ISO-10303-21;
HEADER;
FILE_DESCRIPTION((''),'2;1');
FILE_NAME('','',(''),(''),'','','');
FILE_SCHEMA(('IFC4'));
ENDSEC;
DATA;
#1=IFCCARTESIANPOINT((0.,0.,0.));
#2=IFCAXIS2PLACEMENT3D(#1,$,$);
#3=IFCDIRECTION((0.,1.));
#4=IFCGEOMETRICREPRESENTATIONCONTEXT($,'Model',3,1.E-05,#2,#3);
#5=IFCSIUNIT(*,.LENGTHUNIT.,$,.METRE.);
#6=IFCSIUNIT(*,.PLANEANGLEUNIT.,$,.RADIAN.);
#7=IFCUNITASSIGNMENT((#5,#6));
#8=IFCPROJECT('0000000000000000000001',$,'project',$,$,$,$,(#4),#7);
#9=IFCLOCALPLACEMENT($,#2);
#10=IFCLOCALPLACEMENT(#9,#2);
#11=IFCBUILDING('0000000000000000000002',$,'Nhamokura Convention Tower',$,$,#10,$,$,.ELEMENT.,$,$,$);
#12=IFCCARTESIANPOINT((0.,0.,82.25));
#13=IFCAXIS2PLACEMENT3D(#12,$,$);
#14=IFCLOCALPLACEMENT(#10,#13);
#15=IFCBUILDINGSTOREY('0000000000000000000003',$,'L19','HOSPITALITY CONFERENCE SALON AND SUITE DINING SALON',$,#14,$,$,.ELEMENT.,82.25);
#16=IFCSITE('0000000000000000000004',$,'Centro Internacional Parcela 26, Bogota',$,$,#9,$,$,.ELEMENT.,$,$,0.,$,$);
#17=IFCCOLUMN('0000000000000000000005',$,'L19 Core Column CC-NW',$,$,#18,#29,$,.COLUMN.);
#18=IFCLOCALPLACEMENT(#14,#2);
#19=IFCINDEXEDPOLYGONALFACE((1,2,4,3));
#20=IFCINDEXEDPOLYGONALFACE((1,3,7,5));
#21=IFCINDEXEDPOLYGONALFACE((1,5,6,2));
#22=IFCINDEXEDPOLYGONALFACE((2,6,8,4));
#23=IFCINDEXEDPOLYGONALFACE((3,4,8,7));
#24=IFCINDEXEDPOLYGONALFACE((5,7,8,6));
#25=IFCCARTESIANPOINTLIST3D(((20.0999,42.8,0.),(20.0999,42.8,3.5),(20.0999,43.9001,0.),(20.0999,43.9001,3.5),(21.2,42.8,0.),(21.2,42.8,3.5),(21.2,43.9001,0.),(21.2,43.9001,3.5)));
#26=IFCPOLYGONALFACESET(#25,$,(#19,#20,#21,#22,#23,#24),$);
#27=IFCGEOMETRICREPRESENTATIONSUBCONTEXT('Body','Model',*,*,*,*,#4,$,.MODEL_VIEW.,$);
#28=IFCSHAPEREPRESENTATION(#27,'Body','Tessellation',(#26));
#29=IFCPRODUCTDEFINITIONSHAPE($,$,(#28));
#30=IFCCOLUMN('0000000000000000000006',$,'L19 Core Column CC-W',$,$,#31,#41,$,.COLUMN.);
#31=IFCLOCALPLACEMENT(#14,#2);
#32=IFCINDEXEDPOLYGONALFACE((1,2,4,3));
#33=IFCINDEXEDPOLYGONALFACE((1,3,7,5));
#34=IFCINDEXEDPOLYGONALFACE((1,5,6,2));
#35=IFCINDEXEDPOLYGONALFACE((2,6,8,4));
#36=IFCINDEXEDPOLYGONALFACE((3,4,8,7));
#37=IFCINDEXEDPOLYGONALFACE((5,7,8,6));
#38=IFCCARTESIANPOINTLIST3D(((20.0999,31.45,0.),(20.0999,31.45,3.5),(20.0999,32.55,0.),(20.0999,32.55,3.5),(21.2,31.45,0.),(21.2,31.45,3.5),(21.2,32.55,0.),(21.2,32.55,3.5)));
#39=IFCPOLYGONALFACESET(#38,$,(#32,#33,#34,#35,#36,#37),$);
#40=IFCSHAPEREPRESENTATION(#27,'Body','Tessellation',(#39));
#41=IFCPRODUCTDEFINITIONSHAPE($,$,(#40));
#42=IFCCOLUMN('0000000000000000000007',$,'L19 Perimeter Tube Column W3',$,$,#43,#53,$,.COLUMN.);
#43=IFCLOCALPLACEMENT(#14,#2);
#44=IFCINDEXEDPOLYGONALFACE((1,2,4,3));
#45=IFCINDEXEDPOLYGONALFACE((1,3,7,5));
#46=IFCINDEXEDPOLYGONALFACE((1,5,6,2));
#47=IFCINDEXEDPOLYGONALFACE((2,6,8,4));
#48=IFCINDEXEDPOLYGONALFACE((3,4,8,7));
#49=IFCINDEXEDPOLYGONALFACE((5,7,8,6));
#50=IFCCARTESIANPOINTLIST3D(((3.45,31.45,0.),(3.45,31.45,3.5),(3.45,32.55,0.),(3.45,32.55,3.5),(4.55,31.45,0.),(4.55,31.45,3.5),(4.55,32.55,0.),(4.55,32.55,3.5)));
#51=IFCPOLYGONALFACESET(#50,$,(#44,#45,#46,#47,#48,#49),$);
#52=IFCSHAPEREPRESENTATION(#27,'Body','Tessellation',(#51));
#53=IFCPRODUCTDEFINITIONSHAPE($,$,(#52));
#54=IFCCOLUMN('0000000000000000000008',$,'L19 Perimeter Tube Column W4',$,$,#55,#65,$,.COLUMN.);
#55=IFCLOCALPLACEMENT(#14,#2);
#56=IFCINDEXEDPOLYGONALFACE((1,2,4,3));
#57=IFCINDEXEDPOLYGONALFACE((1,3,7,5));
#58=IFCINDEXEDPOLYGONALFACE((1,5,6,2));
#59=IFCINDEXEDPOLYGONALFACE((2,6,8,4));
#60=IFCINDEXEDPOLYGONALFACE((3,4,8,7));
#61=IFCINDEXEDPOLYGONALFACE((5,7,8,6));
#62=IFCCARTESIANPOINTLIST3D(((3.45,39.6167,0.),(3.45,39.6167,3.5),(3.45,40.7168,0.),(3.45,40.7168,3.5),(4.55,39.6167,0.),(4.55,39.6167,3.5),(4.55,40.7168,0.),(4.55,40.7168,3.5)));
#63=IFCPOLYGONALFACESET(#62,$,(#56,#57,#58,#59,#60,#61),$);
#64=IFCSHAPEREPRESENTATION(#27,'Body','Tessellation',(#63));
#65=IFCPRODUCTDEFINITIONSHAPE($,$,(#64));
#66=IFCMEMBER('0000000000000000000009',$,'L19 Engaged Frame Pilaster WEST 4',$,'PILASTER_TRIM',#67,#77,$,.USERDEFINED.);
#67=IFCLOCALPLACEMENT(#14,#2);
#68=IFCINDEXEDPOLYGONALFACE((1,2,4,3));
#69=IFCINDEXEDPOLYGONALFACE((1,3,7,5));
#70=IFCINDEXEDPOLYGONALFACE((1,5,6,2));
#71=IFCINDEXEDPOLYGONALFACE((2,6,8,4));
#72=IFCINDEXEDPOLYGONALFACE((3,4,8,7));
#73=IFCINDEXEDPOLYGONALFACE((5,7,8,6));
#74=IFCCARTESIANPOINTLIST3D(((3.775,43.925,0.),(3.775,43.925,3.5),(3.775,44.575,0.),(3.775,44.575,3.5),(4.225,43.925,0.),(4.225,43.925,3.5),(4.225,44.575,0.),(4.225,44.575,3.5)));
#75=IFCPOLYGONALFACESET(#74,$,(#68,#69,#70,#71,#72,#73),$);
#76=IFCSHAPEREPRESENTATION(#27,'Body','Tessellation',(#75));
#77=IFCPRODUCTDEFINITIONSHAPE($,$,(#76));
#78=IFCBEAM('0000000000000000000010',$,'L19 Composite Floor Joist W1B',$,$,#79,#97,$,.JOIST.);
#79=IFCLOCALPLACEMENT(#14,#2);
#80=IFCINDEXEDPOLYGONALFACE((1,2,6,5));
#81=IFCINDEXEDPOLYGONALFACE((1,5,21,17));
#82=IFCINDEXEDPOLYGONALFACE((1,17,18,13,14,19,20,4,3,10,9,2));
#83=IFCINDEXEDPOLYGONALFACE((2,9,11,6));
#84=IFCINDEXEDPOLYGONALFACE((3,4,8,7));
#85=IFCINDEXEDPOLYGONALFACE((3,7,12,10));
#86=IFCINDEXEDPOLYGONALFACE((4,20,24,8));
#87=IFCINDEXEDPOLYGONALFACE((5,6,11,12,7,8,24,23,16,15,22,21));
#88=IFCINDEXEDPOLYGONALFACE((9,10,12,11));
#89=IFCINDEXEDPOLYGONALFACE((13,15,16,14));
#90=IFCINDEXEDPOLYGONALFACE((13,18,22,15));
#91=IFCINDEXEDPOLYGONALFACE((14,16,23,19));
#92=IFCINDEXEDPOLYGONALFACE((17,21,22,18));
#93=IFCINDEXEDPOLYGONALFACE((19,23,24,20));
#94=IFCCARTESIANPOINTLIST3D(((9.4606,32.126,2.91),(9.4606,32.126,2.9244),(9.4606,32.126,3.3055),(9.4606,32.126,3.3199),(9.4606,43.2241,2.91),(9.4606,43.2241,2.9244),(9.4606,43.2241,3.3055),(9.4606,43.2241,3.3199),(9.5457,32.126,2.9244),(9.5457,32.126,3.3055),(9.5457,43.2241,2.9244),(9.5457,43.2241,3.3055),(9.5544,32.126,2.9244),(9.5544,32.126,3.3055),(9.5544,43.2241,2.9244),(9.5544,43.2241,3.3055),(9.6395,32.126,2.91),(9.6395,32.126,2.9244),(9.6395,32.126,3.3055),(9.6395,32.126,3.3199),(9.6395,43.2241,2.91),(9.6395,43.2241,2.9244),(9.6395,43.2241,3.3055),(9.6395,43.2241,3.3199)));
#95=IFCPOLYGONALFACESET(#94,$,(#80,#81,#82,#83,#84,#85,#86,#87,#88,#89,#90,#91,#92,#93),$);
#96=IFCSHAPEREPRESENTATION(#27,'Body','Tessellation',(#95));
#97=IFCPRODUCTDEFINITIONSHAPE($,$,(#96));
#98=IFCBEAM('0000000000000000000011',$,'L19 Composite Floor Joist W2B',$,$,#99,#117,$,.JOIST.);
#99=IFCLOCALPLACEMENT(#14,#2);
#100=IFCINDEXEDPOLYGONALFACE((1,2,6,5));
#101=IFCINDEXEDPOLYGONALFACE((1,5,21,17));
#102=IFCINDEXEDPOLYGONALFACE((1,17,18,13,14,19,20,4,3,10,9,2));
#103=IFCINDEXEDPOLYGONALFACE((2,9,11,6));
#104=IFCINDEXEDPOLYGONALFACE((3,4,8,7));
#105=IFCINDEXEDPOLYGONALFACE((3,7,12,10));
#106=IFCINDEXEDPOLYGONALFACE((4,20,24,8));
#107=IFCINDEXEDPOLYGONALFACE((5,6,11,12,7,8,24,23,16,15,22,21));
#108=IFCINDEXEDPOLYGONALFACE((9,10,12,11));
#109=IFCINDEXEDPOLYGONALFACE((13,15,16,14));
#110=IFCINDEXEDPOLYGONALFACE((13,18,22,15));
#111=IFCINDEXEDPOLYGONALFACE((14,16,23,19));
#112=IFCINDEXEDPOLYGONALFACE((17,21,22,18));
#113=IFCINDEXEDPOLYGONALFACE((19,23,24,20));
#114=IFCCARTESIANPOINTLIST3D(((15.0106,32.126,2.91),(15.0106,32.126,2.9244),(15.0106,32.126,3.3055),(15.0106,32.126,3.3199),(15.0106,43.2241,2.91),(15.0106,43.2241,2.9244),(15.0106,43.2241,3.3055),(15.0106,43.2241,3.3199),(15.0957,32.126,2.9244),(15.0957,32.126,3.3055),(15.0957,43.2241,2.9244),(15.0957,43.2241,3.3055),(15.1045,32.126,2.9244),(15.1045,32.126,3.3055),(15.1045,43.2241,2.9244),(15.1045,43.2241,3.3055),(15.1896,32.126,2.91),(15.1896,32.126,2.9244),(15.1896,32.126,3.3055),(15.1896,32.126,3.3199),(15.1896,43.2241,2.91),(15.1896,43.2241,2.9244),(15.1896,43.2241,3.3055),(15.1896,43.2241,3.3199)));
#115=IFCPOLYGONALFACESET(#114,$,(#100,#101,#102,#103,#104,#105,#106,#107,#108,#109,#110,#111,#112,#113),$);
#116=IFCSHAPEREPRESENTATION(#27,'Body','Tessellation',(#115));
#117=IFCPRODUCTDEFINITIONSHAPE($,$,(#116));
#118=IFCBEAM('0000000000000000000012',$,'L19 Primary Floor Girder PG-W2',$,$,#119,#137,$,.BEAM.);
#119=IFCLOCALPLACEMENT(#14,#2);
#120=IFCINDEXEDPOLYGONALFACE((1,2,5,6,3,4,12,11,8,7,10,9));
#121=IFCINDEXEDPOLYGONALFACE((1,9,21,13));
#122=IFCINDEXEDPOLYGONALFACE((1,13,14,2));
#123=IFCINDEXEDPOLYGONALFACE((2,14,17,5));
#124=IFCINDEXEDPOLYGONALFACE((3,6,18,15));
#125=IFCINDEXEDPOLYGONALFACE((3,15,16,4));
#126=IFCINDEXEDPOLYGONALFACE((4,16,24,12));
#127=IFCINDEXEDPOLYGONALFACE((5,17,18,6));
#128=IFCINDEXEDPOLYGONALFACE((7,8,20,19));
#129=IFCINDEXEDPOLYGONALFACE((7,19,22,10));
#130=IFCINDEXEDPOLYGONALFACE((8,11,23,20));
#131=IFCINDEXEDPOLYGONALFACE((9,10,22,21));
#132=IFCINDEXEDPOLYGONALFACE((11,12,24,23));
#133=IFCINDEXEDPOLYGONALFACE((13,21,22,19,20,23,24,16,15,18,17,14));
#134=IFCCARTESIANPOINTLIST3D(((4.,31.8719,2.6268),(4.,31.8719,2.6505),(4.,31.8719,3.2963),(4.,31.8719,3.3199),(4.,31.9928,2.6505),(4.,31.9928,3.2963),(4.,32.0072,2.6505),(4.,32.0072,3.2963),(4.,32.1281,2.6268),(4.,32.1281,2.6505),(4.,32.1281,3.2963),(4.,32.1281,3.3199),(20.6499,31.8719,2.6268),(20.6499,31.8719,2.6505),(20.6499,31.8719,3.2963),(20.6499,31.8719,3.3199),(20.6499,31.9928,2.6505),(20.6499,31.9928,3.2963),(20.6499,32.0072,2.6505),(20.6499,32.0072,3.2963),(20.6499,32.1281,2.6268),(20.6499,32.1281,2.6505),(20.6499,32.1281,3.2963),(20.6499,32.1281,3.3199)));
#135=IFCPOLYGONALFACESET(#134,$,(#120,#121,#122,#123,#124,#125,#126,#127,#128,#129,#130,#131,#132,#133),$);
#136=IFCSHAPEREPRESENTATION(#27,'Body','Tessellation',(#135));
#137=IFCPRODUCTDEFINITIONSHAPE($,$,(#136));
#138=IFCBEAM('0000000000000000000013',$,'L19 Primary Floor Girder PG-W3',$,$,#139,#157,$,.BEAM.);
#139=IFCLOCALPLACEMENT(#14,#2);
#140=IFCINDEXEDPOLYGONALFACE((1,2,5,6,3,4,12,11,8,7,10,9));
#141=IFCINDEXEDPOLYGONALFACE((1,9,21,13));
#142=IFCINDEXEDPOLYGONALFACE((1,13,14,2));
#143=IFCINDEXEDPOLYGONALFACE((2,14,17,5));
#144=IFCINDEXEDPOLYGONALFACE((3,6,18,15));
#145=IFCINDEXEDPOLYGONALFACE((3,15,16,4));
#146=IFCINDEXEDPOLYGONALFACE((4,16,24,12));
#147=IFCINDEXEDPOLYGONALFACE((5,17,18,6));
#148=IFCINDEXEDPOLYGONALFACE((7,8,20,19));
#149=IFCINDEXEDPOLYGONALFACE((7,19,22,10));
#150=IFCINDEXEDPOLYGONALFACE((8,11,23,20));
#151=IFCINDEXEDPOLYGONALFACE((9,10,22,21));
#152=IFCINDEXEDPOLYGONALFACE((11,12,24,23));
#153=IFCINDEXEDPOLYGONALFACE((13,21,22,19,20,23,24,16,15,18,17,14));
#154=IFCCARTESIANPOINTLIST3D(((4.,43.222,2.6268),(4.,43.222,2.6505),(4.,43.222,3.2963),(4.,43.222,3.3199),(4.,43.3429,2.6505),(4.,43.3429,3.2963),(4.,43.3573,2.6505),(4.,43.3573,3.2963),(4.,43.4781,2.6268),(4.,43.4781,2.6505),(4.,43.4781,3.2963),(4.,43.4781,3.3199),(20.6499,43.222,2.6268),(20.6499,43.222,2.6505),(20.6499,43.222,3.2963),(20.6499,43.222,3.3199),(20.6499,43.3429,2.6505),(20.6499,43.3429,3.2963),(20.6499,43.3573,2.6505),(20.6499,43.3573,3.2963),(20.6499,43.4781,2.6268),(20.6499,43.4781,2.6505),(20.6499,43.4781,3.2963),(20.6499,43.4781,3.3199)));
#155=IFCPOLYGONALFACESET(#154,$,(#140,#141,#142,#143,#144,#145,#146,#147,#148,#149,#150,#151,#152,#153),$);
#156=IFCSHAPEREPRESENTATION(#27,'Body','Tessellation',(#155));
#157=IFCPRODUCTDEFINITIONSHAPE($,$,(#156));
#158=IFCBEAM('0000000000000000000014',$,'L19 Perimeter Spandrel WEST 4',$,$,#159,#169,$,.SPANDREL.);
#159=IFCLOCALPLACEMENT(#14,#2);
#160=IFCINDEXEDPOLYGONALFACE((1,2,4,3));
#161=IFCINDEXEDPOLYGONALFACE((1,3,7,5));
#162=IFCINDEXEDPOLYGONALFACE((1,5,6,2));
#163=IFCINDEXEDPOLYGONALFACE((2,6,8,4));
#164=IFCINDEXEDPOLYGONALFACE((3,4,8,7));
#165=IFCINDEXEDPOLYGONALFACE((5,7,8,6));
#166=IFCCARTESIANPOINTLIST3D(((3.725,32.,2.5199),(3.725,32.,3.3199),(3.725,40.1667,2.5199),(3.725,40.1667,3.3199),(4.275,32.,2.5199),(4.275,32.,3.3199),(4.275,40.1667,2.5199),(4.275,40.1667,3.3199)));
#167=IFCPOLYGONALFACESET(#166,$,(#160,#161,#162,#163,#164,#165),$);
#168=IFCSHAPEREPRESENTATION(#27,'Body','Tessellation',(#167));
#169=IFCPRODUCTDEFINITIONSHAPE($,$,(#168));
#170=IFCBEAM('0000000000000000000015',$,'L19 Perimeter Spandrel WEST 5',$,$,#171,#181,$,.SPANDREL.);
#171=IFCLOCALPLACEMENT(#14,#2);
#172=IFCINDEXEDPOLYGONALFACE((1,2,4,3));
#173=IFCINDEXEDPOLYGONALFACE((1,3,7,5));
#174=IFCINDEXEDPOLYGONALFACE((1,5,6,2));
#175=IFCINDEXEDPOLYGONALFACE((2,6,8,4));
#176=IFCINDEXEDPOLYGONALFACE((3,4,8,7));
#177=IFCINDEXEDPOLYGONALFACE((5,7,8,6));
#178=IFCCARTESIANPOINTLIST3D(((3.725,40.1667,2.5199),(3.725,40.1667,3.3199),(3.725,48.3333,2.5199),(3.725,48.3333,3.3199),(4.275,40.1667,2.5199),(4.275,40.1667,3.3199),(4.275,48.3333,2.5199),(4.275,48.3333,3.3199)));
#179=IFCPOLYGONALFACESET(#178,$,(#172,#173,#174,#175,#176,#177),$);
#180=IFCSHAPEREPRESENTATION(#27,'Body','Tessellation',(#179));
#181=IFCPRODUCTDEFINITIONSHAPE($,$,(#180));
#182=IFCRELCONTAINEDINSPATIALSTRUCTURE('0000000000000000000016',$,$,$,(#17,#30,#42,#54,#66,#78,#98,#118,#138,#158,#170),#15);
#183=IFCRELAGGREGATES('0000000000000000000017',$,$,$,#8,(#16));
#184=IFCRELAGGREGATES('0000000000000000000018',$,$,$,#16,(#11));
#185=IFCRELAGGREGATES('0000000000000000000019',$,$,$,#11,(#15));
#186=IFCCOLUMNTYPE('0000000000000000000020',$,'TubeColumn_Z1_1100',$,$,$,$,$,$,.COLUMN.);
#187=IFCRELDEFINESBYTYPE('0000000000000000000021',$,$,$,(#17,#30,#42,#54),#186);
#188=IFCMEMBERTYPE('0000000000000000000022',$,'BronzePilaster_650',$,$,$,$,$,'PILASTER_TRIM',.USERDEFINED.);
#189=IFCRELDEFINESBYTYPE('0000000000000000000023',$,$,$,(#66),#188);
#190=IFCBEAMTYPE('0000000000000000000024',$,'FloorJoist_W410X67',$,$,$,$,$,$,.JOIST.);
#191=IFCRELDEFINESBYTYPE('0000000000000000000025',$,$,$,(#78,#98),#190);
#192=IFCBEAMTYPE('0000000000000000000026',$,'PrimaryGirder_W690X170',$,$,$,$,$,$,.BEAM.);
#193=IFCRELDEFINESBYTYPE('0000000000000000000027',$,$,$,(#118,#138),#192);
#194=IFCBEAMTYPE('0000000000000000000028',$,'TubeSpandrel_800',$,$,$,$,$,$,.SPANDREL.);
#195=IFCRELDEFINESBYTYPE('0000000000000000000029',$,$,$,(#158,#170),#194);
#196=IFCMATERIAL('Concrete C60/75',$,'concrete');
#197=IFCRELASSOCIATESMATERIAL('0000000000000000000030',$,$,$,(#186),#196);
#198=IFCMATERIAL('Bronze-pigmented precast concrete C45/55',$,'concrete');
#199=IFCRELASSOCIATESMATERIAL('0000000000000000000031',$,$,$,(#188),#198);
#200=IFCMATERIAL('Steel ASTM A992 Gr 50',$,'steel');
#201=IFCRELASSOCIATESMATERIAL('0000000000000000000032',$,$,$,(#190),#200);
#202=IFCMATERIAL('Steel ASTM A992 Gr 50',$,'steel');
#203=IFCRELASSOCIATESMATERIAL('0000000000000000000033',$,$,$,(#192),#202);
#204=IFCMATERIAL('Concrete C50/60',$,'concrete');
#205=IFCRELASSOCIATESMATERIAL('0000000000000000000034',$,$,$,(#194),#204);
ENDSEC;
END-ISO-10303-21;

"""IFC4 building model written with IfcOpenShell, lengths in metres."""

from ifc_helpers import new_model, si_unit, direction, frame, origin, origin_2d, place, context, subcontext, project, spatial, rectangle, i_section, extrude, material, material_profile, profile_set, type_object, element, save


model = new_model("IFC4")

# Units and contexts
model_context = context("Model", 3, precision=1e-05, world=origin(), true_north=direction((0.0, 1.0)))
body_context = subcontext(model_context, "Body", "Model", "MODEL_VIEW")
ifc_project = project(units=[si_unit("LENGTHUNIT", "METRE"), si_unit("PLANEANGLEUNIT", "RADIAN")], contexts=[model_context])

# Site, building, storey
site_placement = place(None, origin())
site = spatial("IfcSite", under=ifc_project, at=site_placement, Name="Centro Internacional Parcela 26, Bogota", CompositionType="ELEMENT", RefElevation=0.0)
building_placement = place(site_placement, origin())
building = spatial("IfcBuilding", under=site, at=building_placement, Name="Nhamokura Convention Tower", CompositionType="ELEMENT")
storey_placement = place(building_placement, frame((0.0, 0.0, 82.25)))
storey = spatial("IfcBuildingStorey", under=building, at=storey_placement, Name="L19", Description="HOSPITALITY CONFERENCE SALON AND SUITE DINING SALON", CompositionType="ELEMENT", Elevation=82.25)

# Columns
ifc_material_1 = material(Name="Concrete C60/75", Category="concrete")
ifc_material_profile_1 = material_profile(ifc_material_1, rectangle(XDim=1.1001, YDim=1.1001, at=origin_2d()))
ifc_profile_set_1 = profile_set([ifc_material_profile_1], Name="Concrete C60/75")
column_type = type_object("IfcColumnType", Name="TubeColumn_Z1_1100", PredefinedType="COLUMN", material=ifc_profile_set_1)
for number, where, z_axis, x_axis, name in (
    (1, (20.6499, 43.3501, 0.0), (0.0, 0.0, 1.0), (1.0, 0.0, 0.0), "L19 Core Column CC-NW"),
    (2, (20.6499, 32.0, 0.0), (0.0, 0.0, 1.0), (1.0, 0.0, 0.0), "L19 Core Column CC-W"),
    (3, (4.0, 32.0, 0.0), (0.0, 0.0, 1.0), (1.0, 0.0, 0.0), "L19 Perimeter Tube Column W3"),
    (4, (4.0, 40.1667, 0.0), (0.0, 0.0, 1.0), (1.0, 0.0, 0.0), "L19 Perimeter Tube Column W4"),
):
    element("IfcColumn", number, at=place(storey_placement, frame(where, z_axis=z_axis, x_axis=x_axis)), inside=storey, type_object=column_type, Name=name, PredefinedType="COLUMN", context=body_context, shape_type="SweptSolid", body=[
        extrude(rectangle(XDim=1.1001, YDim=1.1001, at=origin_2d()), origin(), (0.0, 0.0, 1.0), 3.5),
    ])

# Member
ifc_material_2 = material(Name="Bronze-pigmented precast concrete C45/55", Category="concrete")
ifc_material_profile_2 = material_profile(ifc_material_2, rectangle(XDim=0.45, YDim=0.6499, at=origin_2d()))
ifc_profile_set_2 = profile_set([ifc_material_profile_2], Name="Bronze-pigmented precast concrete C45/55")
member_type = type_object("IfcMemberType", Name="BronzePilaster_650", ElementType="PILASTER_TRIM", PredefinedType="USERDEFINED", material=ifc_profile_set_2)
member_placement = place(storey_placement, frame((4.0, 44.25, 0.0), z_axis=(0.0, 0.0, 1.0), x_axis=(1.0, 0.0, 0.0)))
element("IfcMember", 5, at=member_placement, inside=storey, type_object=member_type, Name="L19 Engaged Frame Pilaster WEST 4", ObjectType="PILASTER_TRIM", PredefinedType="USERDEFINED", context=body_context, shape_type="SweptSolid", body=[
    extrude(rectangle(XDim=0.45, YDim=0.6499, at=origin_2d()), origin(), (0.0, 0.0, 1.0), 3.5),
])

# Beams
ifc_material_3 = material(Name="Steel ASTM A992 Gr 50", Category="steel")
ifc_material_profile_3 = material_profile(ifc_material_3, i_section(OverallWidth=0.179, OverallDepth=0.4099, WebThickness=0.0088, FlangeThickness=0.0144, at=origin_2d()))
ifc_profile_set_3 = profile_set([ifc_material_profile_3], Name="Steel ASTM A992 Gr 50")
beam_type_1 = type_object("IfcBeamType", Name="FloorJoist_W410X67", PredefinedType="JOIST", material=ifc_profile_set_3)
for number, where, z_axis, x_axis, name in (
    (6, (9.55, 32.126, 3.115), (0.0, 1.0, 0.0), (-1.0, 0.0, 0.0), "L19 Composite Floor Joist W1B"),
    (7, (15.1001, 32.126, 3.115), (0.0, 1.0, 0.0), (-1.0, 0.0, 0.0), "L19 Composite Floor Joist W2B"),
):
    element("IfcBeam", number, at=place(storey_placement, frame(where, z_axis=z_axis, x_axis=x_axis)), inside=storey, type_object=beam_type_1, Name=name, PredefinedType="JOIST", context=body_context, shape_type="SweptSolid", body=[
        extrude(i_section(OverallWidth=0.179, OverallDepth=0.4099, WebThickness=0.0088, FlangeThickness=0.0144, at=origin_2d()), origin(), (0.0, 0.0, 1.0), 11.0981),
    ])
ifc_material_4 = material(Name="Steel ASTM A992 Gr 50", Category="steel")
ifc_material_profile_4 = material_profile(ifc_material_4, i_section(OverallWidth=0.2561, OverallDepth=0.6931, WebThickness=0.0144, FlangeThickness=0.0237, at=origin_2d()))
ifc_profile_set_4 = profile_set([ifc_material_profile_4], Name="Steel ASTM A992 Gr 50")
beam_type_2 = type_object("IfcBeamType", Name="PrimaryGirder_W690X170", PredefinedType="BEAM", material=ifc_profile_set_4)
for number, where, z_axis, x_axis, name in (
    (8, (4.0, 32.0, 2.9734), (1.0, 0.0, 0.0), (0.0, 1.0, 0.0), "L19 Primary Floor Girder PG-W2"),
    (9, (4.0, 43.3501, 2.9734), (1.0, 0.0, 0.0), (0.0, 1.0, 0.0), "L19 Primary Floor Girder PG-W3"),
):
    element("IfcBeam", number, at=place(storey_placement, frame(where, z_axis=z_axis, x_axis=x_axis)), inside=storey, type_object=beam_type_2, Name=name, PredefinedType="BEAM", context=body_context, shape_type="SweptSolid", body=[
        extrude(i_section(OverallWidth=0.2561, OverallDepth=0.6931, WebThickness=0.0144, FlangeThickness=0.0237, at=origin_2d()), origin(), (0.0, 0.0, 1.0), 16.6499),
    ])
ifc_material_5 = material(Name="Concrete C50/60", Category="concrete")
ifc_material_profile_5 = material_profile(ifc_material_5, rectangle(XDim=0.55, YDim=0.8, at=origin_2d()))
ifc_profile_set_5 = profile_set([ifc_material_profile_5], Name="Concrete C50/60")
beam_type_3 = type_object("IfcBeamType", Name="TubeSpandrel_800", PredefinedType="SPANDREL", material=ifc_profile_set_5)
beam_1_placement = place(storey_placement, frame((4.0, 32.0, 2.9199), z_axis=(0.0, 1.0, 0.0), x_axis=(-1.0, 0.0, 0.0)))
element("IfcBeam", 10, at=beam_1_placement, inside=storey, type_object=beam_type_3, Name="L19 Perimeter Spandrel WEST 4", PredefinedType="SPANDREL", context=body_context, shape_type="SweptSolid", body=[
    extrude(rectangle(XDim=0.55, YDim=0.8, at=origin_2d()), origin(), (0.0, 0.0, 1.0), 8.1667),
])
beam_2_placement = place(storey_placement, frame((4.0, 40.1667, 2.9199), z_axis=(0.0, 1.0, 0.0), x_axis=(-1.0, 0.0, 0.0)))
element("IfcBeam", 11, at=beam_2_placement, inside=storey, type_object=beam_type_3, Name="L19 Perimeter Spandrel WEST 5", PredefinedType="SPANDREL", context=body_context, shape_type="SweptSolid", body=[
    extrude(rectangle(XDim=0.55, YDim=0.8, at=origin_2d()), origin(), (0.0, 0.0, 1.0), 8.1665),
])

save(model, "model.ifc")
